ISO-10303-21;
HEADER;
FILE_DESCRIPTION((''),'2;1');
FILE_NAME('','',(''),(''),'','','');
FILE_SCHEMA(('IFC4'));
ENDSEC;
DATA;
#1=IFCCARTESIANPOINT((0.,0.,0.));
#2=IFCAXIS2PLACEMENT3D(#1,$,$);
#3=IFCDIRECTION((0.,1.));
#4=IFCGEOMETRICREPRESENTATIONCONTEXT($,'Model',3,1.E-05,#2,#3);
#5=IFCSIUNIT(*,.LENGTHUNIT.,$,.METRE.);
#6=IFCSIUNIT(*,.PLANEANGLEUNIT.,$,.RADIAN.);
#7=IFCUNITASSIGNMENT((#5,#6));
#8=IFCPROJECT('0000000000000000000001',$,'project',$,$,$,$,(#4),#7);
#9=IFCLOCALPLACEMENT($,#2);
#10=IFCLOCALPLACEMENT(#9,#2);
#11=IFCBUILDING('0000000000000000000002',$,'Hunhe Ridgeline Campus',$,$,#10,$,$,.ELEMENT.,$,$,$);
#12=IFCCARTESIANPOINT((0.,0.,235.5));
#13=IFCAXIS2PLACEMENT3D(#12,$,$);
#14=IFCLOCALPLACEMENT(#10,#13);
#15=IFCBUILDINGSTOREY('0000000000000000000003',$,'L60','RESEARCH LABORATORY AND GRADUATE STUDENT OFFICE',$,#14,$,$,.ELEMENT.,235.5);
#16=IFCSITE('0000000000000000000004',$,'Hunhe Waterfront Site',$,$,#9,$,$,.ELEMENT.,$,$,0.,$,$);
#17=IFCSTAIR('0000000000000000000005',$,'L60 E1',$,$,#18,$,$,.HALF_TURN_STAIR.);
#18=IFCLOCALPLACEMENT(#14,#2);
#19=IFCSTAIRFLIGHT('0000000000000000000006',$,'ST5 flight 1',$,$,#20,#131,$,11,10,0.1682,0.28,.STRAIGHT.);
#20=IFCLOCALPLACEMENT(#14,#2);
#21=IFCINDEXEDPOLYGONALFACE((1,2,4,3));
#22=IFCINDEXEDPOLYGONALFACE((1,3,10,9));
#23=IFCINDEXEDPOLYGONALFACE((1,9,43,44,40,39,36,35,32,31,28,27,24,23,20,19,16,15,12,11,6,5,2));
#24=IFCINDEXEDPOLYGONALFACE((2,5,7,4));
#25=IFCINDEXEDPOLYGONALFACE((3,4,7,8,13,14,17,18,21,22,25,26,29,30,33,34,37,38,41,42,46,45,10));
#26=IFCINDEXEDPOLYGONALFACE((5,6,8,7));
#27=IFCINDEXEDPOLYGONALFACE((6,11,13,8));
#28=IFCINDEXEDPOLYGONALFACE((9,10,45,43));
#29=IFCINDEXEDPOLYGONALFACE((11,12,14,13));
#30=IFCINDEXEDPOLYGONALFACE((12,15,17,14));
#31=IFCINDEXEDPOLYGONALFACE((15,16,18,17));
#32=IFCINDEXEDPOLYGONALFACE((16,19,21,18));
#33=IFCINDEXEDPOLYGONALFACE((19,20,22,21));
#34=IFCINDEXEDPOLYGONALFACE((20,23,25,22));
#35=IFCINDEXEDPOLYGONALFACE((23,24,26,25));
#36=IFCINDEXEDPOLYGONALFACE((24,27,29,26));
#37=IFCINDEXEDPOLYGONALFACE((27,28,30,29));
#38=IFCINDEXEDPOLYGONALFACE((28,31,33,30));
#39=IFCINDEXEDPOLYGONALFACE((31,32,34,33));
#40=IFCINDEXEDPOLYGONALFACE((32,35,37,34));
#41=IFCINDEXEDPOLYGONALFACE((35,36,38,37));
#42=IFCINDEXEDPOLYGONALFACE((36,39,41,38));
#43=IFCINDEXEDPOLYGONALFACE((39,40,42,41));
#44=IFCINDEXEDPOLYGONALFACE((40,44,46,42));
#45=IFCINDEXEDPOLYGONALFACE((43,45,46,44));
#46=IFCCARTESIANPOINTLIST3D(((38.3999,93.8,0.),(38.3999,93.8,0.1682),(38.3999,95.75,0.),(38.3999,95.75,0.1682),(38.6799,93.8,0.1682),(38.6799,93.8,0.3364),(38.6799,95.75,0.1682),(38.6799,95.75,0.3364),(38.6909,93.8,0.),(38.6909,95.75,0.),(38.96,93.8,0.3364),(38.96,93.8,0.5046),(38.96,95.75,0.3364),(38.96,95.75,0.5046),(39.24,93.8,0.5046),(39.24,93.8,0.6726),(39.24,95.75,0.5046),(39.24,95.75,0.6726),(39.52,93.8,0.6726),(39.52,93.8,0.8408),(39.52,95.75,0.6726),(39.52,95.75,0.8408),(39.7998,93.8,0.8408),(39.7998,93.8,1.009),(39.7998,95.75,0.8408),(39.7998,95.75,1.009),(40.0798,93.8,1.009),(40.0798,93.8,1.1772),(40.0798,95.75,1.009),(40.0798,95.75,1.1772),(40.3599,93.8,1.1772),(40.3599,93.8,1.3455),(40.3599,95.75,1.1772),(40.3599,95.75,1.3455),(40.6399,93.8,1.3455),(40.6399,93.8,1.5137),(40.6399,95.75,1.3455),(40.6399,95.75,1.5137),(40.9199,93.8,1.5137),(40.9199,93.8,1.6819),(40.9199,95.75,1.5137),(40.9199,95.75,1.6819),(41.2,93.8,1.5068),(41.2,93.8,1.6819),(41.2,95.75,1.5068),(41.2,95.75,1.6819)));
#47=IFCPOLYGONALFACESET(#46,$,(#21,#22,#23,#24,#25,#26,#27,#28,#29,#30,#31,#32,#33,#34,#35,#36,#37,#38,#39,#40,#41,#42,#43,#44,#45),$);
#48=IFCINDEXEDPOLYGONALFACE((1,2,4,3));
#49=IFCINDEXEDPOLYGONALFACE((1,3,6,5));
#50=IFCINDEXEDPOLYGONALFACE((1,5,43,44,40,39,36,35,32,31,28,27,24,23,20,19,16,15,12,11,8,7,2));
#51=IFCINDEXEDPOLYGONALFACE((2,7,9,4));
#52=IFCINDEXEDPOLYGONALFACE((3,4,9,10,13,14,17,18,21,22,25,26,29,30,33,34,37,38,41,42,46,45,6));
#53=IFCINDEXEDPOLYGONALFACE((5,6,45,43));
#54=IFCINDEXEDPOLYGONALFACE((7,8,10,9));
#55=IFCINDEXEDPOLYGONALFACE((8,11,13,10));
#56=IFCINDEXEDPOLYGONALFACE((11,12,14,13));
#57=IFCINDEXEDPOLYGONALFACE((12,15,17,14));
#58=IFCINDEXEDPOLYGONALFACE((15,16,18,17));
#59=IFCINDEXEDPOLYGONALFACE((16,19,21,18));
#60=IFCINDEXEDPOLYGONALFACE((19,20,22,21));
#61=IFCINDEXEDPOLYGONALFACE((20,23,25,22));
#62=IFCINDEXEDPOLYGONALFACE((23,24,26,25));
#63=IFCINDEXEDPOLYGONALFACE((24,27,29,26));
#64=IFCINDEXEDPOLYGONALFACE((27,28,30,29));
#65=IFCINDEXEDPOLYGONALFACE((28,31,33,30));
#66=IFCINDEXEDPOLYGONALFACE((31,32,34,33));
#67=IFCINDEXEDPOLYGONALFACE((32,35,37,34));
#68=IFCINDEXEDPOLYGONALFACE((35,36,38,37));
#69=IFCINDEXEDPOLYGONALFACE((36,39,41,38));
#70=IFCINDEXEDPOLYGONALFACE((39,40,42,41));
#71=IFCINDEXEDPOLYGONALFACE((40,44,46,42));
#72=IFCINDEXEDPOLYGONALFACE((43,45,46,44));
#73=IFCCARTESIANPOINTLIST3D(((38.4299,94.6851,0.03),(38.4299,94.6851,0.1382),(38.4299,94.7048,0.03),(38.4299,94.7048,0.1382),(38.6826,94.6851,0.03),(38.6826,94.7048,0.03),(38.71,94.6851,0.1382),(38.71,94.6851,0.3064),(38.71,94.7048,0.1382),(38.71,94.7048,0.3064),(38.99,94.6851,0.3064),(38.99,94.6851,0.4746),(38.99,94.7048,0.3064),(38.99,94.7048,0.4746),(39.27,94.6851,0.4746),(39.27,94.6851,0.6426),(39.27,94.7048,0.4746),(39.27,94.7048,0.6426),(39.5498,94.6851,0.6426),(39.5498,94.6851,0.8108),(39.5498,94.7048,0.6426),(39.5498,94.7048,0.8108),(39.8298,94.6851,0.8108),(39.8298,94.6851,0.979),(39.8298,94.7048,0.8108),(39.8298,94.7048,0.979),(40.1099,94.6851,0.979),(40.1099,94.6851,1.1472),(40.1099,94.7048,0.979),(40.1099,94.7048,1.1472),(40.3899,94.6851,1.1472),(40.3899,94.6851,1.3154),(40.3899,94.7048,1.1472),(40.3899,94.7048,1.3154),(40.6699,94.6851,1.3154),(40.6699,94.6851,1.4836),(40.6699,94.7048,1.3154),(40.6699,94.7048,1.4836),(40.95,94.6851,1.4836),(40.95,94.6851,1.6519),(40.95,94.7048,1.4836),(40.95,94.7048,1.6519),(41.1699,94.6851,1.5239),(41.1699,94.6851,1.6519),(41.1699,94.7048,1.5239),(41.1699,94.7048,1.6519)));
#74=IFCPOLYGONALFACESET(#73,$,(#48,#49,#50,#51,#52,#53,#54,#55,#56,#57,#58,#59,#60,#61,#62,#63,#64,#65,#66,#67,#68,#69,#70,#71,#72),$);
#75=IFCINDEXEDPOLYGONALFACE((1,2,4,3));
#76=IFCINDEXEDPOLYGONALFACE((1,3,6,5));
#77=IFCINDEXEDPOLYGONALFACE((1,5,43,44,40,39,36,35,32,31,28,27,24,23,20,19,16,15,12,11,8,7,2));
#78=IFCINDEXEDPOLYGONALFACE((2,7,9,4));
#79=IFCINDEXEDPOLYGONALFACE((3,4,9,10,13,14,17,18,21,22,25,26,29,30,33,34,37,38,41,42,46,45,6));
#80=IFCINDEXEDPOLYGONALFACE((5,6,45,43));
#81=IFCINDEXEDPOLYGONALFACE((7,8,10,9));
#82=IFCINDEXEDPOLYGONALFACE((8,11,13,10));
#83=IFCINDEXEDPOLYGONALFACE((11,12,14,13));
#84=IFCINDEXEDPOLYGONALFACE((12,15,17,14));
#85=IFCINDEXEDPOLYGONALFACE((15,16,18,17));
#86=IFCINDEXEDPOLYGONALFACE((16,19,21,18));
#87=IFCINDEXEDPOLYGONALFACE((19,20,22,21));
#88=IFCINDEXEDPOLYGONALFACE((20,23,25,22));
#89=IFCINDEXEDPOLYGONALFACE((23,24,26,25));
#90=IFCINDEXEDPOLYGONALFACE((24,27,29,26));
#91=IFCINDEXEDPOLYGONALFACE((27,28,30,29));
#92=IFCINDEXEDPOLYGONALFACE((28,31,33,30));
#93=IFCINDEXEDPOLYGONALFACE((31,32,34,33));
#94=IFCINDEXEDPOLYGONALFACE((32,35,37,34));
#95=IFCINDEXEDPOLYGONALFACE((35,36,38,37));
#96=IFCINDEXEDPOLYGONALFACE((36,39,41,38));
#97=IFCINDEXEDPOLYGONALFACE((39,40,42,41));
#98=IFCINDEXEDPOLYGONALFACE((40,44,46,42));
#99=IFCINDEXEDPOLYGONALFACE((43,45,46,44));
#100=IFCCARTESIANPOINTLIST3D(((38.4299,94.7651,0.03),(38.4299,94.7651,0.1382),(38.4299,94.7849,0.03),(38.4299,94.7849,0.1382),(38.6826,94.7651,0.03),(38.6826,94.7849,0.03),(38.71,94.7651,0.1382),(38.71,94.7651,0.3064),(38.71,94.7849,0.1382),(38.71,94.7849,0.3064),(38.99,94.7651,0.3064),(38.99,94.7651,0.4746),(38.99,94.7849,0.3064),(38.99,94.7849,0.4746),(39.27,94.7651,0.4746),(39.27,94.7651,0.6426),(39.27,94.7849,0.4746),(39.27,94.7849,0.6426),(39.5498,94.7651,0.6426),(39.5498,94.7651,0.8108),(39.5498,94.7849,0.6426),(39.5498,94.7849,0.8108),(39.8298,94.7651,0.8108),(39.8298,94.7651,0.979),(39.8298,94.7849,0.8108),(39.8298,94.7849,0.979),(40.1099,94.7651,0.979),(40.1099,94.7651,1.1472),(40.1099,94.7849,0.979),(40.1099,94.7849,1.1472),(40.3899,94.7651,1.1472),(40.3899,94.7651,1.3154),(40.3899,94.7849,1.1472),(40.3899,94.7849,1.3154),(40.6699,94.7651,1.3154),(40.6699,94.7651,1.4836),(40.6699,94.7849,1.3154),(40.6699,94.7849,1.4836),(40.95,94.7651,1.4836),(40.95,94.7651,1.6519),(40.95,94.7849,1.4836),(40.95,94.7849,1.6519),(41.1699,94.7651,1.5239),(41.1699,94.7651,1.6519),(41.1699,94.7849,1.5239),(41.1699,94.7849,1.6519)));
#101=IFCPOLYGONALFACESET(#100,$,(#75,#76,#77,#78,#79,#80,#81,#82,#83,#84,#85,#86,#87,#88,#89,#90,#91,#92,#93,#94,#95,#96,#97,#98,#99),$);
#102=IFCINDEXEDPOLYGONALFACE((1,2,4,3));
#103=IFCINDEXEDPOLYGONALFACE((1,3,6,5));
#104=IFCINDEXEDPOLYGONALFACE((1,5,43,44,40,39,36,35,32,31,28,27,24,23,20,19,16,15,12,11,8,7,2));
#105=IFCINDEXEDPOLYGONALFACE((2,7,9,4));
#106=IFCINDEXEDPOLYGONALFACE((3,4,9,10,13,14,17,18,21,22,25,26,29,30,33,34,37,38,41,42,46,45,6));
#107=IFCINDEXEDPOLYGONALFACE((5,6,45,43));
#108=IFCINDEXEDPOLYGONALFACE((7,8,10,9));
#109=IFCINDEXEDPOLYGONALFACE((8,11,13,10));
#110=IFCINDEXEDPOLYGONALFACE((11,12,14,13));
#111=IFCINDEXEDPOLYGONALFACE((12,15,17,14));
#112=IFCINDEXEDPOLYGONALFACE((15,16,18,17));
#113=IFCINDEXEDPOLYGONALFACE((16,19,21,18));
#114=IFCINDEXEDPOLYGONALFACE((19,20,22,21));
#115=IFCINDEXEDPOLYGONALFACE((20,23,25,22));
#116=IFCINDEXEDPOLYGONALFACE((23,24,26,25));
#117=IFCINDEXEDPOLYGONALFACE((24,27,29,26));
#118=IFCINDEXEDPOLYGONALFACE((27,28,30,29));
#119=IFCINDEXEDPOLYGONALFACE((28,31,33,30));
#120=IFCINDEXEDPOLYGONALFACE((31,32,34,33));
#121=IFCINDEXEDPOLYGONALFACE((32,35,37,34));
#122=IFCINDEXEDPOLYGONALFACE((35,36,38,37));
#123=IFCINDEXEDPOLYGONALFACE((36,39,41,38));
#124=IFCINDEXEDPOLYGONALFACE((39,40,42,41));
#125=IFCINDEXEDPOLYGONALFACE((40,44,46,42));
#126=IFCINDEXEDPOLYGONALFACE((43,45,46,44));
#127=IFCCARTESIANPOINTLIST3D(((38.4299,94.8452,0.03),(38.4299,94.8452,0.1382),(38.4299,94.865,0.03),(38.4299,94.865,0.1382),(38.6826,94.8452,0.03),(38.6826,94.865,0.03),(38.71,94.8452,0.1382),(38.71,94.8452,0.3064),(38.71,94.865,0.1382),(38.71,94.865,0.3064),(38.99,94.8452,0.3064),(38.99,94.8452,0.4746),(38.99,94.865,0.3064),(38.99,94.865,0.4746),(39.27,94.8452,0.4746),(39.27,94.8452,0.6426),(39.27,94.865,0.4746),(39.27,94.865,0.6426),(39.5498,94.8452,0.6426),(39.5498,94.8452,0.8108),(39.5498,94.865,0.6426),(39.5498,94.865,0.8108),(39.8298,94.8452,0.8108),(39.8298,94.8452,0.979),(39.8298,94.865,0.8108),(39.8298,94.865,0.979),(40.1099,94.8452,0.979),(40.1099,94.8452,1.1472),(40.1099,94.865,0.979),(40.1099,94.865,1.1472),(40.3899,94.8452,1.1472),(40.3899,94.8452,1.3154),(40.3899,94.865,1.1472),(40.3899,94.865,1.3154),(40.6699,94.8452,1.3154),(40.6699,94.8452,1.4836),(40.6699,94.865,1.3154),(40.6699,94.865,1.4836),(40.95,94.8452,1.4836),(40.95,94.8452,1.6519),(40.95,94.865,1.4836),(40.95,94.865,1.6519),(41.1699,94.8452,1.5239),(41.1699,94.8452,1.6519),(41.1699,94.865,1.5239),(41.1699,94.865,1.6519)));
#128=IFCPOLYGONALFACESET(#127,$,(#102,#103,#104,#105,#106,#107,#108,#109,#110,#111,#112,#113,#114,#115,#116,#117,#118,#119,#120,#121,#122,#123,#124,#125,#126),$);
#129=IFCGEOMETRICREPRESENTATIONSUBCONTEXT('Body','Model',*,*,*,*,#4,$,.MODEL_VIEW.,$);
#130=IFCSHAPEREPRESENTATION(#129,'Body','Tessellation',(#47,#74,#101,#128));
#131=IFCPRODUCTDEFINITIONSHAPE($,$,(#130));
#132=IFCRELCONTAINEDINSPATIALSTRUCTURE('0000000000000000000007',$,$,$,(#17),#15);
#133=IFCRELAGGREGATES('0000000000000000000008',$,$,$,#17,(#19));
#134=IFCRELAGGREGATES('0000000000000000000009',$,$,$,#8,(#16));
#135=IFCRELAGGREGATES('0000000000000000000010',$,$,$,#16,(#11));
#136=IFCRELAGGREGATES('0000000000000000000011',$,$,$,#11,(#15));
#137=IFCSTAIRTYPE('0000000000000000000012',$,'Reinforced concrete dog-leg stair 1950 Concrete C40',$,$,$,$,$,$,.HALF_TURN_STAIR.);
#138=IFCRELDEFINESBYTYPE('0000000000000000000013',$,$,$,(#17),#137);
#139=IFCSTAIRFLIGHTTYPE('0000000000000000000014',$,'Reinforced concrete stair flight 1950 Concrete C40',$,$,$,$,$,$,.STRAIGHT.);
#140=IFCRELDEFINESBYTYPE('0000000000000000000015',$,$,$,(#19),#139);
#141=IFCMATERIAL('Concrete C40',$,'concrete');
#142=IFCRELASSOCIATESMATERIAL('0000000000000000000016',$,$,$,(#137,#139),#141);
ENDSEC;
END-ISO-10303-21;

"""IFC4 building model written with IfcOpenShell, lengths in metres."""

from ifc_helpers import new_model, si_unit, direction, frame, origin, place, context, subcontext, project, spatial, polyline, outline, extrude, material, type_object, element, aggregate, save


model = new_model("IFC4")

# Units and contexts
model_context = context("Model", 3, precision=1e-05, world=origin(), true_north=direction((0.0, 1.0)))
body_context = subcontext(model_context, "Body", "Model", "MODEL_VIEW")
ifc_project = project(units=[si_unit("LENGTHUNIT", "METRE"), si_unit("PLANEANGLEUNIT", "RADIAN")], contexts=[model_context])

# Site, building, storey
site_placement = place(None, origin())
site = spatial("IfcSite", under=ifc_project, at=site_placement, Name="Hunhe Waterfront Site", CompositionType="ELEMENT", RefElevation=0.0)
building_placement = place(site_placement, origin())
building = spatial("IfcBuilding", under=site, at=building_placement, Name="Hunhe Ridgeline Campus", CompositionType="ELEMENT")
storey_placement = place(building_placement, frame((0.0, 0.0, 235.5)))
storey = spatial("IfcBuildingStorey", under=building, at=storey_placement, Name="L60", Description="RESEARCH LABORATORY AND GRADUATE STUDENT OFFICE", CompositionType="ELEMENT", Elevation=235.5)

# Stair, stair flight
ifc_material_1 = material(Name="Concrete C40", Category="concrete")
stair_type = type_object("IfcStairType", Name="Reinforced concrete dog-leg stair 1950 Concrete C40", PredefinedType="HALF_TURN_STAIR", material=ifc_material_1)
stair_placement = place(storey_placement, origin())
stair = element("IfcStair", 1, at=stair_placement, inside=storey, type_object=stair_type, Name="L60 E1", PredefinedType="HALF_TURN_STAIR")
stair_flight_type = type_object("IfcStairFlightType", Name="Reinforced concrete stair flight 1950 Concrete C40", PredefinedType="STRAIGHT", material=ifc_material_1)
stair_flight_1_placement = place(storey_placement, frame((38.3999, 94.7749, 0.0), z_axis=(0.0, 0.0, 1.0), x_axis=(1.0, 0.0, 0.0)))
stair_flight_1 = element("IfcStairFlight", 2, at=stair_flight_1_placement, type_object=stair_flight_type, Name="ST5 flight 1", NumberOfRisers=11, NumberOfTreads=10, PredefinedType="STRAIGHT", RiserHeight=0.1682, TreadLength=0.28, context=body_context, shape_type="SweptSolid", body=[
    extrude(outline(polyline([(0.0, 0.0), (0.0, 0.1682), (0.28, 0.1682), (0.28, 0.3364), (0.5601, 0.3364), (0.5601, 0.5046), (0.8401, 0.5046), (0.8401, 0.6726), (1.1201, 0.6726), (1.1201, 0.8408), (1.3999, 0.8408), (1.3999, 1.009), (1.6799, 1.009), (1.6799, 1.1772), (1.96, 1.1772), (1.96, 1.3455), (2.24, 1.3455), (2.24, 1.5137), (2.52, 1.5137), (2.52, 1.6819), (2.8, 1.6819), (2.8, 1.8501), (2.8, 1.5068), (0.291, 0.0), (0.0, 0.0)])), frame((0.0, 0.9751, 0.0), z_axis=(0.0, -1.0, 0.0), x_axis=(1.0, 0.0, 0.0)), (0.0, 0.0, 1.0), 1.95),
    extrude(outline(polyline([(0.03, 0.03), (0.03, 0.1382), (0.3101, 0.1382), (0.3101, 0.3064), (0.5901, 0.3064), (0.5901, 0.4746), (0.8701, 0.4746), (0.8701, 0.6426), (1.1499, 0.6426), (1.1499, 0.8108), (1.4299, 0.8108), (1.4299, 0.979), (1.71, 0.979), (1.71, 1.1472), (1.99, 1.1472), (1.99, 1.3154), (2.27, 1.3154), (2.27, 1.4836), (2.55, 1.4836), (2.55, 1.6519), (2.77, 1.6519), (2.77, 1.5239), (0.2827, 0.03), (0.03, 0.03)])), frame((0.0, -0.0701, 0.0), z_axis=(0.0, -1.0, 0.0), x_axis=(1.0, 0.0, 0.0)), (0.0, 0.0, 1.0), 0.0198),
    extrude(outline(polyline([(0.03, 0.03), (0.03, 0.1382), (0.3101, 0.1382), (0.3101, 0.3064), (0.5901, 0.3064), (0.5901, 0.4746), (0.8701, 0.4746), (0.8701, 0.6426), (1.1499, 0.6426), (1.1499, 0.8108), (1.4299, 0.8108), (1.4299, 0.979), (1.71, 0.979), (1.71, 1.1472), (1.99, 1.1472), (1.99, 1.3154), (2.27, 1.3154), (2.27, 1.4836), (2.55, 1.4836), (2.55, 1.6519), (2.77, 1.6519), (2.77, 1.5239), (0.2827, 0.03), (0.03, 0.03)])), frame((0.0, 0.01, 0.0), z_axis=(0.0, -1.0, 0.0), x_axis=(1.0, 0.0, 0.0)), (0.0, 0.0, 1.0), 0.0198),
    extrude(outline(polyline([(0.03, 0.03), (0.03, 0.1382), (0.3101, 0.1382), (0.3101, 0.3064), (0.5901, 0.3064), (0.5901, 0.4746), (0.8701, 0.4746), (0.8701, 0.6426), (1.1499, 0.6426), (1.1499, 0.8108), (1.4299, 0.8108), (1.4299, 0.979), (1.71, 0.979), (1.71, 1.1472), (1.99, 1.1472), (1.99, 1.3154), (2.27, 1.3154), (2.27, 1.4836), (2.55, 1.4836), (2.55, 1.6519), (2.77, 1.6519), (2.77, 1.5239), (0.2827, 0.03), (0.03, 0.03)])), frame((0.0, 0.0901, 0.0), z_axis=(0.0, -1.0, 0.0), x_axis=(1.0, 0.0, 0.0)), (0.0, 0.0, 1.0), 0.0198),
])
aggregate(stair, [stair_flight_1])

save(model, "model.ifc")
